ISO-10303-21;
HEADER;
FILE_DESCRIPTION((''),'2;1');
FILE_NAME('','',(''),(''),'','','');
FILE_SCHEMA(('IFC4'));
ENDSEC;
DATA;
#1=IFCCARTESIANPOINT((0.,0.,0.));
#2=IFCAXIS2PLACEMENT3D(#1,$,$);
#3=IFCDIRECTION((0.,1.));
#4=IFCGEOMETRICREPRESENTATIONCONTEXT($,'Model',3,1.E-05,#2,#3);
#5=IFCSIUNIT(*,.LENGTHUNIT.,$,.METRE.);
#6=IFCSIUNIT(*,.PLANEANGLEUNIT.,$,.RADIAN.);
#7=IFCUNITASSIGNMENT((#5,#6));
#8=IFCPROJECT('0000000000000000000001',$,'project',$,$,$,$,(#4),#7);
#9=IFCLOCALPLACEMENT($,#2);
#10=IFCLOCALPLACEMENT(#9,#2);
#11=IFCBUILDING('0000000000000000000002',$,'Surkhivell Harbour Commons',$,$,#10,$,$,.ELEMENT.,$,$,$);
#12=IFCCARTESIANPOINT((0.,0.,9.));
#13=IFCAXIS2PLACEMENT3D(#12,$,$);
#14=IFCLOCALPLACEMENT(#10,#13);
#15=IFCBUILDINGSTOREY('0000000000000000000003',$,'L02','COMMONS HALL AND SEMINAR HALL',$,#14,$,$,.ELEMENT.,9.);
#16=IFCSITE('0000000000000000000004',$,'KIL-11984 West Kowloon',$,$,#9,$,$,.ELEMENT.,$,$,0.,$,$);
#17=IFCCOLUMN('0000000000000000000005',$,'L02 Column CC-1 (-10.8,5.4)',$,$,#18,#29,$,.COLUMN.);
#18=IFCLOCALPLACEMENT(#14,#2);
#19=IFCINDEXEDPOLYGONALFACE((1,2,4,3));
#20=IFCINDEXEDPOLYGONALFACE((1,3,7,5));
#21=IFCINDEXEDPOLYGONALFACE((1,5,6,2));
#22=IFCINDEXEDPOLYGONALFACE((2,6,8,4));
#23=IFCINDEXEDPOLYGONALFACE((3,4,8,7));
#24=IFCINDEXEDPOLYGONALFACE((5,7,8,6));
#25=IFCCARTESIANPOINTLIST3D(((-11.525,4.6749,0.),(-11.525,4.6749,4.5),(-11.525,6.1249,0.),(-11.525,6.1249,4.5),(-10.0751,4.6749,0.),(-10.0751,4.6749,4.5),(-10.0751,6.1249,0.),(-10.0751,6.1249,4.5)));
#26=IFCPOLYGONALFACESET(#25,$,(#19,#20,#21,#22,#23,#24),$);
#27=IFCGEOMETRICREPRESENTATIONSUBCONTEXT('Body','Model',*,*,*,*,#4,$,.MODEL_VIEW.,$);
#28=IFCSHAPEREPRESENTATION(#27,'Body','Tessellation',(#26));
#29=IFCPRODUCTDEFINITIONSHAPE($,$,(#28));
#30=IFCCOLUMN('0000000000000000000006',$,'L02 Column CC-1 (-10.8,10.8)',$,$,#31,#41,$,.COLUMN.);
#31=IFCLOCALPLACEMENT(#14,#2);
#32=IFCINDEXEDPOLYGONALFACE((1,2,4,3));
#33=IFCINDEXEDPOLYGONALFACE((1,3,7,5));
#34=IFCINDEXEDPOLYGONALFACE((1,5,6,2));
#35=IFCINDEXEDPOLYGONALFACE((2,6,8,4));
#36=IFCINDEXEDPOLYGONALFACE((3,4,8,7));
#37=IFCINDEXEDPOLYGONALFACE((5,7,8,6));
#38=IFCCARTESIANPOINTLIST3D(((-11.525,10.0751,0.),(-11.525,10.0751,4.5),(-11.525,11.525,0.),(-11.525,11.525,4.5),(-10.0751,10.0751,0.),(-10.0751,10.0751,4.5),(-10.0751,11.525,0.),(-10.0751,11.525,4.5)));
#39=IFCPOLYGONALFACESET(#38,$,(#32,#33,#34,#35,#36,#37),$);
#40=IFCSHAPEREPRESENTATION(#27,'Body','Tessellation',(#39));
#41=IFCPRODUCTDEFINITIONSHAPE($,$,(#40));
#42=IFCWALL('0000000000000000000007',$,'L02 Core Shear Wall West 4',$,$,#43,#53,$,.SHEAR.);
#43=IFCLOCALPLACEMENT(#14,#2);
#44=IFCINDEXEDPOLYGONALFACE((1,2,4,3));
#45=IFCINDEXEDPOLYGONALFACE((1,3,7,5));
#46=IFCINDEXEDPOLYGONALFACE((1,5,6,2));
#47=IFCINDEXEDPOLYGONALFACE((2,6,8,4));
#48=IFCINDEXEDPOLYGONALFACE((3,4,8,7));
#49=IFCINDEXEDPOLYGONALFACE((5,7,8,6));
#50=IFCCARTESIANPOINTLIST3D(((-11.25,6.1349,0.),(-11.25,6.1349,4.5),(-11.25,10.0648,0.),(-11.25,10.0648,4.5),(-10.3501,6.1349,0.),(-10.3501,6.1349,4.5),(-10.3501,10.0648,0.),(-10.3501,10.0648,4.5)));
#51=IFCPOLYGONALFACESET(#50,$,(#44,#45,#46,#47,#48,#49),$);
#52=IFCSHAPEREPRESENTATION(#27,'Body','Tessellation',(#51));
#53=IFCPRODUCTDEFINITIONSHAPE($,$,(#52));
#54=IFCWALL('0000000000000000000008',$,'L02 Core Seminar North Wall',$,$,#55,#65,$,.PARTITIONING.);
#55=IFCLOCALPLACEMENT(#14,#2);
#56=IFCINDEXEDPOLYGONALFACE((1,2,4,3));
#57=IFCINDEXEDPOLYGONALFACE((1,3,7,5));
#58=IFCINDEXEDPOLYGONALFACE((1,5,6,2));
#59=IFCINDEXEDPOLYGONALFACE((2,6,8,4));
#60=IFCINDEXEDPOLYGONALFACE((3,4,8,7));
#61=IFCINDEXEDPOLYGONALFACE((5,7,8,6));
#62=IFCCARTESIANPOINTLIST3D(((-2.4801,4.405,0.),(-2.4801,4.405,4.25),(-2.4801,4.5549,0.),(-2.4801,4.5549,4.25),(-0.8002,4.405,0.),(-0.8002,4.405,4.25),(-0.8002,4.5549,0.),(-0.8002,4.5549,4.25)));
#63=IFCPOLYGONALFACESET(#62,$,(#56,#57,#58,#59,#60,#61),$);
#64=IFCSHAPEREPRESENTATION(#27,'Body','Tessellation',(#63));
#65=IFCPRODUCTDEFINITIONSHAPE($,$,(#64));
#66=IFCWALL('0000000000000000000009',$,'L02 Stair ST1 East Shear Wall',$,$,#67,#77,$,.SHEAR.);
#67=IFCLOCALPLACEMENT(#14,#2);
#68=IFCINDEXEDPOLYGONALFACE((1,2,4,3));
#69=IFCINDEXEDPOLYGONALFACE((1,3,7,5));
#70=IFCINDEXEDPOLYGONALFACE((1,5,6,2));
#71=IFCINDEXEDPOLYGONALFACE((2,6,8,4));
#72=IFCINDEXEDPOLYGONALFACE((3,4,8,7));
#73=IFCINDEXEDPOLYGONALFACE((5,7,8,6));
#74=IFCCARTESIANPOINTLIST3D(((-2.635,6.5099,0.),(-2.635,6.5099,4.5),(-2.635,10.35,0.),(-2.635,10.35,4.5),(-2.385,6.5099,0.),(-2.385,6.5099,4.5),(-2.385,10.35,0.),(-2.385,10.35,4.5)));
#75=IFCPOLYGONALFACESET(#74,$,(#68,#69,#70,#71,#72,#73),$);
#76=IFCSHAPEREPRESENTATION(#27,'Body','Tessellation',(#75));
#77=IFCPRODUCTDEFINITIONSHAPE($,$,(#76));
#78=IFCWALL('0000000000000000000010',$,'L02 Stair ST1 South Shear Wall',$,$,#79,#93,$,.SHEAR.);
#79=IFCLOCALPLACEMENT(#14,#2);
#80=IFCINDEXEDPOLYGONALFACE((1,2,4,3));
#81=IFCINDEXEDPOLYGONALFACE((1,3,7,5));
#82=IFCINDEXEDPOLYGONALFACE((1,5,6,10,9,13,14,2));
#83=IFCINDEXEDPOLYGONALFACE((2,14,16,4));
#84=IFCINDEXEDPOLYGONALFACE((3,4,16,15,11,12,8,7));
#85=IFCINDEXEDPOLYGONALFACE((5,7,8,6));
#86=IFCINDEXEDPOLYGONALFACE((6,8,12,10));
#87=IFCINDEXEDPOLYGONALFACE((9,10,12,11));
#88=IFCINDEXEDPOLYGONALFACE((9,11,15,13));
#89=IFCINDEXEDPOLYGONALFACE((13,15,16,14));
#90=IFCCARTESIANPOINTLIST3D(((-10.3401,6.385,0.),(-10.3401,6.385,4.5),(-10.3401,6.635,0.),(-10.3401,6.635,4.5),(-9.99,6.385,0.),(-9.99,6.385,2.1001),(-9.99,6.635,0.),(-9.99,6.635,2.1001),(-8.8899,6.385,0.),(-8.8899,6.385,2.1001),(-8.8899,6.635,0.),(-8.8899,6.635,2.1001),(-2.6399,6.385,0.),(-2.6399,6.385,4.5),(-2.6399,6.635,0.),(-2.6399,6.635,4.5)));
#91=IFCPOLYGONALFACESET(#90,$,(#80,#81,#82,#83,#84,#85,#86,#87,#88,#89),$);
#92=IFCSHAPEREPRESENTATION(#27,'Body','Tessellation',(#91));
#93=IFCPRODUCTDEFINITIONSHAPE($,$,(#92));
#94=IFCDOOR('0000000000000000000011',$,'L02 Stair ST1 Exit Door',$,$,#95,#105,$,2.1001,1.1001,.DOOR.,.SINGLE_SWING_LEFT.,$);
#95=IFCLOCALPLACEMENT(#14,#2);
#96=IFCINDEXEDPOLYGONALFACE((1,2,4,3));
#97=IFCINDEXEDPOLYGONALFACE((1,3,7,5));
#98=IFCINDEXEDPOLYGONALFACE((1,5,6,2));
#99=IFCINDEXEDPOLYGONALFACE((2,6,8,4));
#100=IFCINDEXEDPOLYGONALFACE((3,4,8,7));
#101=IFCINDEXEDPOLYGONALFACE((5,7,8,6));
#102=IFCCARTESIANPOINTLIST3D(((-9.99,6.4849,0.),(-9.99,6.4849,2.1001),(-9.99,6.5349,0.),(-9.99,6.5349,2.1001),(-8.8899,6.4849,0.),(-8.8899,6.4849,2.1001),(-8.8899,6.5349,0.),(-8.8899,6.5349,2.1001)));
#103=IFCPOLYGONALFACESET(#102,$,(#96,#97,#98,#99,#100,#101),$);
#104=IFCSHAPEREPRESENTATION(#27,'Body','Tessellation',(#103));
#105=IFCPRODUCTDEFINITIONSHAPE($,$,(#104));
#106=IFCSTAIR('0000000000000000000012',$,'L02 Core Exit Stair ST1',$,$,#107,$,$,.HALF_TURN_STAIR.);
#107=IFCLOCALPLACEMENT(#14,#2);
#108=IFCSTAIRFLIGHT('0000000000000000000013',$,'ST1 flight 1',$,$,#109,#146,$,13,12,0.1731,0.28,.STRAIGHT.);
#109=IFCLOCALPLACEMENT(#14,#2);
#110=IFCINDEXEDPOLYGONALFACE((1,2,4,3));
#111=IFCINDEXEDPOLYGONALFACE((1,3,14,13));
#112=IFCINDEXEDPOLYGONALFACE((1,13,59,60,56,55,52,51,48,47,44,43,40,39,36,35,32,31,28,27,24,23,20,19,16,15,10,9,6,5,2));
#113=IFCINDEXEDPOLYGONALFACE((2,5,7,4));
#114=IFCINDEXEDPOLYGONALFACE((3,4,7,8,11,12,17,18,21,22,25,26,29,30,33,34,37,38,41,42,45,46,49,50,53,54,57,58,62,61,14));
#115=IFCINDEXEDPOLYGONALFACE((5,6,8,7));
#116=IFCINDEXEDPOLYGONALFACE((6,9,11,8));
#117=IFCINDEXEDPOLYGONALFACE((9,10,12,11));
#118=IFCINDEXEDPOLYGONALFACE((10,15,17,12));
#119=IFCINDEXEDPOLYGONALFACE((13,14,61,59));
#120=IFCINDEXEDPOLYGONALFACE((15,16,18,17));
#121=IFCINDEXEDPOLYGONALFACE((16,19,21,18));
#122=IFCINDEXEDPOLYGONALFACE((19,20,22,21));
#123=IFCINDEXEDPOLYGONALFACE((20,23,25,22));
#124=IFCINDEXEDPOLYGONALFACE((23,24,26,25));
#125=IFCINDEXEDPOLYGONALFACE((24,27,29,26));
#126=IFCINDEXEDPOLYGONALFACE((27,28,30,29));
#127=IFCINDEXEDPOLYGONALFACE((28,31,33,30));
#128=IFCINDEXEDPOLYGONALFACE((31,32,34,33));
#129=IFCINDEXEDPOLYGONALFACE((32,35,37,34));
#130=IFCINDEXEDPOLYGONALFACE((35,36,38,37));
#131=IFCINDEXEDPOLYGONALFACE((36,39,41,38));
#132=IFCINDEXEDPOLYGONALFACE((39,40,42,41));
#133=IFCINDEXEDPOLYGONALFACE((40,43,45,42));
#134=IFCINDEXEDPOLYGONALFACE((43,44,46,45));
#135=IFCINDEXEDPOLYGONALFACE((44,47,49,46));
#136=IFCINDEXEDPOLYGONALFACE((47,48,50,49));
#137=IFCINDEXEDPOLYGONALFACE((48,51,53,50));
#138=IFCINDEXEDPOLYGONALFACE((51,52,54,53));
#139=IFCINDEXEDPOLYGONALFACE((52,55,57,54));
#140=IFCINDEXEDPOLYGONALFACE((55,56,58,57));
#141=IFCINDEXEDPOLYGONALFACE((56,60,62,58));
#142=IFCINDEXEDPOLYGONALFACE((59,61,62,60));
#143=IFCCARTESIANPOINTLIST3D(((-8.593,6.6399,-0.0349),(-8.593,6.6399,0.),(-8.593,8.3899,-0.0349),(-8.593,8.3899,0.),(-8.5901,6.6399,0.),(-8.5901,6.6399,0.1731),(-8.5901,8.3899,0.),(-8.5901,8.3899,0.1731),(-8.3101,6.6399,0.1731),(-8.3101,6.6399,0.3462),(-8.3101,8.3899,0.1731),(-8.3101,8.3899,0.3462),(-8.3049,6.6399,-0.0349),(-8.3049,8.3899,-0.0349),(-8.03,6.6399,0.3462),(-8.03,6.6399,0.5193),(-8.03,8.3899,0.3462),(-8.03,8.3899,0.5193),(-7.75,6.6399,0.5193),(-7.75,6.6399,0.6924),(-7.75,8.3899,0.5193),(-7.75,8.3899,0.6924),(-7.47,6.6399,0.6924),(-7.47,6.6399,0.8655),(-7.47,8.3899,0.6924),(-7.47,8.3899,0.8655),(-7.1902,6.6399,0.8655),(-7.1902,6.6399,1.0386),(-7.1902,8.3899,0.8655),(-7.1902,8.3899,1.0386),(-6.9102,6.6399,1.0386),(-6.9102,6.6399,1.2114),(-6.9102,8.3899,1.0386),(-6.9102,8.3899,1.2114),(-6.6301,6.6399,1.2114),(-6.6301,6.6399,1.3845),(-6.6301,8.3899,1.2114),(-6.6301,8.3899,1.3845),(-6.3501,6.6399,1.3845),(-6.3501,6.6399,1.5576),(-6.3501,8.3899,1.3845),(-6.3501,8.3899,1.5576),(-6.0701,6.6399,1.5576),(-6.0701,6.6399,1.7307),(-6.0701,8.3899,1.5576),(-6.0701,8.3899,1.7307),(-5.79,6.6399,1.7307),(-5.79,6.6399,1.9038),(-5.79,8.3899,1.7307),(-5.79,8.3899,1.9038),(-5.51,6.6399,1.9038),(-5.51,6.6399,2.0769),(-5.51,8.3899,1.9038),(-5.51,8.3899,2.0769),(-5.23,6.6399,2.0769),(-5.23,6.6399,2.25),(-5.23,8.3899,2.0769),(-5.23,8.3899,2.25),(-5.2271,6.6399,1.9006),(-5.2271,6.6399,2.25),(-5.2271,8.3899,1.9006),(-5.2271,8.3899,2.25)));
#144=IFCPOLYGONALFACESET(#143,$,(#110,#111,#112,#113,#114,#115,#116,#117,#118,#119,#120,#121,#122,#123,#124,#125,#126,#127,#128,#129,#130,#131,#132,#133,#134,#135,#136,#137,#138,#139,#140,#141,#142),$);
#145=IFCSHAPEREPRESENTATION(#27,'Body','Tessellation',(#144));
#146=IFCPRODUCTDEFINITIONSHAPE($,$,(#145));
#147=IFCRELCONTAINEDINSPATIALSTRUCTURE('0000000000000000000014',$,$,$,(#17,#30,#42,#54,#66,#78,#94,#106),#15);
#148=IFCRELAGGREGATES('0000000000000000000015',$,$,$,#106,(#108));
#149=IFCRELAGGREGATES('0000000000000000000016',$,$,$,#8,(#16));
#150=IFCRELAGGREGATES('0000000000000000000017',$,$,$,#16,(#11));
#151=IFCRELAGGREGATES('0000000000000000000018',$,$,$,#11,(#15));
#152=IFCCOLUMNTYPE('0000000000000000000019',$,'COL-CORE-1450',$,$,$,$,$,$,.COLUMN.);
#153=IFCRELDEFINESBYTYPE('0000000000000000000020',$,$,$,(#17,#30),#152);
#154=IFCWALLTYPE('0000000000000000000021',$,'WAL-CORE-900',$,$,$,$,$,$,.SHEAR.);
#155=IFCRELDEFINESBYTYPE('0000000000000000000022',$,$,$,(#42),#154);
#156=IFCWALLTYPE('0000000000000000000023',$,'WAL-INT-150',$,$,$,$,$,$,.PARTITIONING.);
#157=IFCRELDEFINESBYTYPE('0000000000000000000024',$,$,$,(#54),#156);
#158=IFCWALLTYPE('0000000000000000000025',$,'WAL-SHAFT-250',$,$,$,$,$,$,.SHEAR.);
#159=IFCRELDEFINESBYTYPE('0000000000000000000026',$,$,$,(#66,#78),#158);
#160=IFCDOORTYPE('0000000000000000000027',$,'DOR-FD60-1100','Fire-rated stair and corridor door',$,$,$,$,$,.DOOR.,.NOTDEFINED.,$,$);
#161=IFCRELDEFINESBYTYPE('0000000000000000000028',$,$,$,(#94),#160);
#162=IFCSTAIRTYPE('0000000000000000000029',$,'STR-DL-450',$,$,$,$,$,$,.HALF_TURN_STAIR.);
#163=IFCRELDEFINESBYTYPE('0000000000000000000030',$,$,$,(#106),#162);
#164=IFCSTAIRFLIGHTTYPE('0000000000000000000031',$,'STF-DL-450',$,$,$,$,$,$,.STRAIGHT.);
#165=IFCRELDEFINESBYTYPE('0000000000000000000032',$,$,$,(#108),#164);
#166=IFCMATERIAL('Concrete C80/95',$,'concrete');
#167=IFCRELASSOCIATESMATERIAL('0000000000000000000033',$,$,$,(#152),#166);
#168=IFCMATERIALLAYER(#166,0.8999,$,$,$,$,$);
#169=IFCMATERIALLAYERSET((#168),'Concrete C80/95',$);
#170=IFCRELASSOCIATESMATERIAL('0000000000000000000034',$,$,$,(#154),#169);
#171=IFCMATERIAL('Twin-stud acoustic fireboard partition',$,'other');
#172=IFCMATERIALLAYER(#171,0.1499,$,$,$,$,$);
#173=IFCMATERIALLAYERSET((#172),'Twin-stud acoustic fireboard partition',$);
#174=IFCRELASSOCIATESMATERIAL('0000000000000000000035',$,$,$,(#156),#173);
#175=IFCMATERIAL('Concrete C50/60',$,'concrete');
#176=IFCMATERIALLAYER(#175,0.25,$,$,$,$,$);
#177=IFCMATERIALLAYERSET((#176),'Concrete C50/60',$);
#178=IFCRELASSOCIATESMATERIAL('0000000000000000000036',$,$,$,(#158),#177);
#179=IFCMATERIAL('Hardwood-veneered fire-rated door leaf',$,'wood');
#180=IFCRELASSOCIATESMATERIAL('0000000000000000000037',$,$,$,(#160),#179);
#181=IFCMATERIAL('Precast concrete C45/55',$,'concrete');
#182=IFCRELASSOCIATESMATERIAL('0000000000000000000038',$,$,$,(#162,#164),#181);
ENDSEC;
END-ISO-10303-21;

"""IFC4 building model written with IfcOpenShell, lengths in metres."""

from ifc_helpers import new_model, si_unit, direction, frame, frame_2d, origin, origin_2d, place, context, subcontext, project, spatial, polyline, rectangle, outline, extrude, material, layer, layer_set, material_profile, profile_set, type_object, element, fill, aggregate, save


model = new_model("IFC4")

# Units and contexts
model_context = context("Model", 3, precision=1e-05, world=origin(), true_north=direction((0.0, 1.0)))
body_context = subcontext(model_context, "Body", "Model", "MODEL_VIEW")
ifc_project = project(units=[si_unit("LENGTHUNIT", "METRE"), si_unit("PLANEANGLEUNIT", "RADIAN")], contexts=[model_context])

# Site, building, storey
site_placement = place(None, origin())
site = spatial("IfcSite", under=ifc_project, at=site_placement, Name="KIL-11984 West Kowloon", CompositionType="ELEMENT", RefElevation=0.0)
building_placement = place(site_placement, origin())
building = spatial("IfcBuilding", under=site, at=building_placement, Name="Surkhivell Harbour Commons", CompositionType="ELEMENT")
storey_placement = place(building_placement, frame((0.0, 0.0, 9.0)))
storey = spatial("IfcBuildingStorey", under=building, at=storey_placement, Name="L02", Description="COMMONS HALL AND SEMINAR HALL", CompositionType="ELEMENT", Elevation=9.0)

# Columns
ifc_material_1 = material(Name="Concrete C80/95", Category="concrete")
ifc_material_profile = material_profile(ifc_material_1, rectangle(XDim=1.45, YDim=1.45, at=origin_2d()), Name="RC-COL-1450x1450")
ifc_profile_set = profile_set([ifc_material_profile], Name="Concrete C80/95")
column_type = type_object("IfcColumnType", Name="COL-CORE-1450", PredefinedType="COLUMN", material=ifc_profile_set)
for number, where, z_axis, x_axis, name in (
    (1, (-10.8, 5.3999, 0.0), (0.0, 0.0, 1.0), (1.0, 0.0, 0.0), "L02 Column CC-1 (-10.8,5.4)"),
    (2, (-10.8, 10.8, 0.0), (0.0, 0.0, 1.0), (1.0, 0.0, 0.0), "L02 Column CC-1 (-10.8,10.8)"),
):
    element("IfcColumn", number, at=place(storey_placement, frame(where, z_axis=z_axis, x_axis=x_axis)), inside=storey, type_object=column_type, Name=name, PredefinedType="COLUMN", context=body_context, shape_type="SweptSolid", body=[
        extrude(rectangle(XDim=1.45, YDim=1.45, at=origin_2d()), origin(), (0.0, 0.0, 1.0), 4.5),
    ])

# Walls
ifc_layer_1 = layer(ifc_material_1, 0.8999)
ifc_layer_set_1 = layer_set([ifc_layer_1], Name="Concrete C80/95")
wall_type_1 = type_object("IfcWallType", Name="WAL-CORE-900", PredefinedType="SHEAR", material=ifc_layer_set_1)
wall_1_placement = place(storey_placement, frame((-10.8, 6.135, 0.0), z_axis=(0.0, 0.0, 1.0), x_axis=(0.0, 1.0, 0.0)))
element("IfcWall", 3, at=wall_1_placement, inside=storey, type_object=wall_type_1, Name="L02 Core Shear Wall West 4", PredefinedType="SHEAR", context=body_context, shape_type="SweptSolid", body=[
    extrude(rectangle(XDim=3.9299, YDim=0.8999, at=frame_2d((1.9648, 0.0))), origin(), (0.0, 0.0, 1.0), 4.5),
])
ifc_material_2 = material(Name="Twin-stud acoustic fireboard partition", Category="other")
ifc_layer_2 = layer(ifc_material_2, 0.1499)
ifc_layer_set_2 = layer_set([ifc_layer_2], Name="Twin-stud acoustic fireboard partition")
wall_type_2 = type_object("IfcWallType", Name="WAL-INT-150", PredefinedType="PARTITIONING", material=ifc_layer_set_2)
wall_2_placement = place(storey_placement, frame((-2.48, 4.48, 0.0), z_axis=(0.0, 0.0, 1.0), x_axis=(1.0, 0.0, 0.0)))
element("IfcWall", 4, at=wall_2_placement, inside=storey, type_object=wall_type_2, Name="L02 Core Seminar North Wall", PredefinedType="PARTITIONING", context=body_context, shape_type="SweptSolid", body=[
    extrude(rectangle(XDim=1.6799, YDim=0.1499, at=frame_2d((0.8398, 0.0))), origin(), (0.0, 0.0, 1.0), 4.25),
])
ifc_material_3 = material(Name="Concrete C50/60", Category="concrete")
ifc_layer_3 = layer(ifc_material_3, 0.25)
ifc_layer_set_3 = layer_set([ifc_layer_3], Name="Concrete C50/60")
wall_type_3 = type_object("IfcWallType", Name="WAL-SHAFT-250", PredefinedType="SHEAR", material=ifc_layer_set_3)
wall_3_placement = place(storey_placement, frame((-2.51, 6.51, 0.0), z_axis=(0.0, 0.0, 1.0), x_axis=(0.0, 1.0, 0.0)))
element("IfcWall", 5, at=wall_3_placement, inside=storey, type_object=wall_type_3, Name="L02 Stair ST1 East Shear Wall", PredefinedType="SHEAR", context=body_context, shape_type="SweptSolid", body=[
    extrude(rectangle(XDim=3.8401, YDim=0.25, at=frame_2d((1.9199, 0.0))), origin(), (0.0, 0.0, 1.0), 4.5),
])

# Wall, opening, door
wall_4_placement = place(storey_placement, frame((-10.3401, 6.51, 0.0), z_axis=(0.0, 0.0, 1.0), x_axis=(1.0, 0.0, 0.0)))
wall_4 = element("IfcWall", 6, at=wall_4_placement, inside=storey, type_object=wall_type_3, Name="L02 Stair ST1 South Shear Wall", PredefinedType="SHEAR", context=body_context, shape_type="SweptSolid", body=[
    extrude(rectangle(XDim=7.7002, YDim=0.25, at=frame_2d((3.8501, 0.0))), origin(), (0.0, 0.0, 1.0), 4.5),
])
opening_placement = place(wall_4_placement, frame((0.3501, 0.0, 0.0)))
opening = element("IfcOpeningElement", 7, at=opening_placement, cuts=wall_4, PredefinedType="OPENING", context=body_context, shape_type="SweptSolid", body=[
    extrude(rectangle(XDim=1.1001, YDim=2.1001, at=frame_2d((0.55, 1.05))), frame((0.0, 0.135, 0.0), z_axis=(0.0, -1.0, 0.0), x_axis=(1.0, 0.0, 0.0)), (0.0, 0.0, 1.0), 0.27),
])
ifc_material_4 = material(Name="Hardwood-veneered fire-rated door leaf", Category="wood")
door_type = type_object("IfcDoorType", Name="DOR-FD60-1100", Description="Fire-rated stair and corridor door", OperationType="NOTDEFINED", PredefinedType="DOOR", material=ifc_material_4)
door_placement = place(opening_placement, origin())
door = element("IfcDoor", 8, at=door_placement, inside=storey, type_object=door_type, Name="L02 Stair ST1 Exit Door", OperationType="SINGLE_SWING_LEFT", OverallHeight=2.1001, OverallWidth=1.1001, PredefinedType="DOOR", context=body_context, shape_type="SweptSolid", body=[
    extrude(rectangle(XDim=1.1001, YDim=2.1001, at=frame_2d((0.55, 1.05))), frame((0.0, 0.0249, 0.0), z_axis=(0.0, -1.0, 0.0), x_axis=(1.0, 0.0, 0.0)), (0.0, 0.0, 1.0), 0.05),
])
fill(opening, door)

# Stair, stair flight
ifc_material_5 = material(Name="Precast concrete C45/55", Category="concrete")
stair_type = type_object("IfcStairType", Name="STR-DL-450", PredefinedType="HALF_TURN_STAIR", material=ifc_material_5)
stair_placement = place(storey_placement, origin())
stair = element("IfcStair", 9, at=stair_placement, inside=storey, type_object=stair_type, Name="L02 Core Exit Stair ST1", PredefinedType="HALF_TURN_STAIR")
stair_flight_type = type_object("IfcStairFlightType", Name="STF-DL-450", PredefinedType="STRAIGHT", material=ifc_material_5)
stair_flight_1_placement = place(storey_placement, frame((-8.5901, 7.5149, 0.0), z_axis=(0.0, 0.0, 1.0), x_axis=(1.0, 0.0, 0.0)))
stair_flight_1 = element("IfcStairFlight", 10, at=stair_flight_1_placement, type_object=stair_flight_type, Name="ST1 flight 1", NumberOfRisers=13, NumberOfTreads=12, PredefinedType="STRAIGHT", RiserHeight=0.1731, TreadLength=0.28, context=body_context, shape_type="SweptSolid", body=[
    extrude(outline(polyline([(-0.0029, -0.0349), (-0.0029, 0.0), (0.0, 0.0), (0.0, 0.1731), (0.28, 0.1731), (0.28, 0.3462), (0.5601, 0.3462), (0.5601, 0.5193), (0.8401, 0.5193), (0.8401, 0.6924), (1.1201, 0.6924), (1.1201, 0.8655), (1.3999, 0.8655), (1.3999, 1.0386), (1.6799, 1.0386), (1.6799, 1.2114), (1.96, 1.2114), (1.96, 1.3845), (2.24, 1.3845), (2.24, 1.5576), (2.52, 1.5576), (2.52, 1.7307), (2.8, 1.7307), (2.8, 1.9038), (3.0801, 1.9038), (3.0801, 2.0769), (3.3601, 2.0769), (3.3601, 2.25), (3.363, 2.25), (3.363, 1.9006), (0.2852, -0.0349), (-0.0029, -0.0349)])), frame((0.0, 0.875, 0.0), z_axis=(0.0, -1.0, 0.0), x_axis=(1.0, 0.0, 0.0)), (0.0, 0.0, 1.0), 1.75),
])
aggregate(stair, [stair_flight_1])

save(model, "model.ifc")
